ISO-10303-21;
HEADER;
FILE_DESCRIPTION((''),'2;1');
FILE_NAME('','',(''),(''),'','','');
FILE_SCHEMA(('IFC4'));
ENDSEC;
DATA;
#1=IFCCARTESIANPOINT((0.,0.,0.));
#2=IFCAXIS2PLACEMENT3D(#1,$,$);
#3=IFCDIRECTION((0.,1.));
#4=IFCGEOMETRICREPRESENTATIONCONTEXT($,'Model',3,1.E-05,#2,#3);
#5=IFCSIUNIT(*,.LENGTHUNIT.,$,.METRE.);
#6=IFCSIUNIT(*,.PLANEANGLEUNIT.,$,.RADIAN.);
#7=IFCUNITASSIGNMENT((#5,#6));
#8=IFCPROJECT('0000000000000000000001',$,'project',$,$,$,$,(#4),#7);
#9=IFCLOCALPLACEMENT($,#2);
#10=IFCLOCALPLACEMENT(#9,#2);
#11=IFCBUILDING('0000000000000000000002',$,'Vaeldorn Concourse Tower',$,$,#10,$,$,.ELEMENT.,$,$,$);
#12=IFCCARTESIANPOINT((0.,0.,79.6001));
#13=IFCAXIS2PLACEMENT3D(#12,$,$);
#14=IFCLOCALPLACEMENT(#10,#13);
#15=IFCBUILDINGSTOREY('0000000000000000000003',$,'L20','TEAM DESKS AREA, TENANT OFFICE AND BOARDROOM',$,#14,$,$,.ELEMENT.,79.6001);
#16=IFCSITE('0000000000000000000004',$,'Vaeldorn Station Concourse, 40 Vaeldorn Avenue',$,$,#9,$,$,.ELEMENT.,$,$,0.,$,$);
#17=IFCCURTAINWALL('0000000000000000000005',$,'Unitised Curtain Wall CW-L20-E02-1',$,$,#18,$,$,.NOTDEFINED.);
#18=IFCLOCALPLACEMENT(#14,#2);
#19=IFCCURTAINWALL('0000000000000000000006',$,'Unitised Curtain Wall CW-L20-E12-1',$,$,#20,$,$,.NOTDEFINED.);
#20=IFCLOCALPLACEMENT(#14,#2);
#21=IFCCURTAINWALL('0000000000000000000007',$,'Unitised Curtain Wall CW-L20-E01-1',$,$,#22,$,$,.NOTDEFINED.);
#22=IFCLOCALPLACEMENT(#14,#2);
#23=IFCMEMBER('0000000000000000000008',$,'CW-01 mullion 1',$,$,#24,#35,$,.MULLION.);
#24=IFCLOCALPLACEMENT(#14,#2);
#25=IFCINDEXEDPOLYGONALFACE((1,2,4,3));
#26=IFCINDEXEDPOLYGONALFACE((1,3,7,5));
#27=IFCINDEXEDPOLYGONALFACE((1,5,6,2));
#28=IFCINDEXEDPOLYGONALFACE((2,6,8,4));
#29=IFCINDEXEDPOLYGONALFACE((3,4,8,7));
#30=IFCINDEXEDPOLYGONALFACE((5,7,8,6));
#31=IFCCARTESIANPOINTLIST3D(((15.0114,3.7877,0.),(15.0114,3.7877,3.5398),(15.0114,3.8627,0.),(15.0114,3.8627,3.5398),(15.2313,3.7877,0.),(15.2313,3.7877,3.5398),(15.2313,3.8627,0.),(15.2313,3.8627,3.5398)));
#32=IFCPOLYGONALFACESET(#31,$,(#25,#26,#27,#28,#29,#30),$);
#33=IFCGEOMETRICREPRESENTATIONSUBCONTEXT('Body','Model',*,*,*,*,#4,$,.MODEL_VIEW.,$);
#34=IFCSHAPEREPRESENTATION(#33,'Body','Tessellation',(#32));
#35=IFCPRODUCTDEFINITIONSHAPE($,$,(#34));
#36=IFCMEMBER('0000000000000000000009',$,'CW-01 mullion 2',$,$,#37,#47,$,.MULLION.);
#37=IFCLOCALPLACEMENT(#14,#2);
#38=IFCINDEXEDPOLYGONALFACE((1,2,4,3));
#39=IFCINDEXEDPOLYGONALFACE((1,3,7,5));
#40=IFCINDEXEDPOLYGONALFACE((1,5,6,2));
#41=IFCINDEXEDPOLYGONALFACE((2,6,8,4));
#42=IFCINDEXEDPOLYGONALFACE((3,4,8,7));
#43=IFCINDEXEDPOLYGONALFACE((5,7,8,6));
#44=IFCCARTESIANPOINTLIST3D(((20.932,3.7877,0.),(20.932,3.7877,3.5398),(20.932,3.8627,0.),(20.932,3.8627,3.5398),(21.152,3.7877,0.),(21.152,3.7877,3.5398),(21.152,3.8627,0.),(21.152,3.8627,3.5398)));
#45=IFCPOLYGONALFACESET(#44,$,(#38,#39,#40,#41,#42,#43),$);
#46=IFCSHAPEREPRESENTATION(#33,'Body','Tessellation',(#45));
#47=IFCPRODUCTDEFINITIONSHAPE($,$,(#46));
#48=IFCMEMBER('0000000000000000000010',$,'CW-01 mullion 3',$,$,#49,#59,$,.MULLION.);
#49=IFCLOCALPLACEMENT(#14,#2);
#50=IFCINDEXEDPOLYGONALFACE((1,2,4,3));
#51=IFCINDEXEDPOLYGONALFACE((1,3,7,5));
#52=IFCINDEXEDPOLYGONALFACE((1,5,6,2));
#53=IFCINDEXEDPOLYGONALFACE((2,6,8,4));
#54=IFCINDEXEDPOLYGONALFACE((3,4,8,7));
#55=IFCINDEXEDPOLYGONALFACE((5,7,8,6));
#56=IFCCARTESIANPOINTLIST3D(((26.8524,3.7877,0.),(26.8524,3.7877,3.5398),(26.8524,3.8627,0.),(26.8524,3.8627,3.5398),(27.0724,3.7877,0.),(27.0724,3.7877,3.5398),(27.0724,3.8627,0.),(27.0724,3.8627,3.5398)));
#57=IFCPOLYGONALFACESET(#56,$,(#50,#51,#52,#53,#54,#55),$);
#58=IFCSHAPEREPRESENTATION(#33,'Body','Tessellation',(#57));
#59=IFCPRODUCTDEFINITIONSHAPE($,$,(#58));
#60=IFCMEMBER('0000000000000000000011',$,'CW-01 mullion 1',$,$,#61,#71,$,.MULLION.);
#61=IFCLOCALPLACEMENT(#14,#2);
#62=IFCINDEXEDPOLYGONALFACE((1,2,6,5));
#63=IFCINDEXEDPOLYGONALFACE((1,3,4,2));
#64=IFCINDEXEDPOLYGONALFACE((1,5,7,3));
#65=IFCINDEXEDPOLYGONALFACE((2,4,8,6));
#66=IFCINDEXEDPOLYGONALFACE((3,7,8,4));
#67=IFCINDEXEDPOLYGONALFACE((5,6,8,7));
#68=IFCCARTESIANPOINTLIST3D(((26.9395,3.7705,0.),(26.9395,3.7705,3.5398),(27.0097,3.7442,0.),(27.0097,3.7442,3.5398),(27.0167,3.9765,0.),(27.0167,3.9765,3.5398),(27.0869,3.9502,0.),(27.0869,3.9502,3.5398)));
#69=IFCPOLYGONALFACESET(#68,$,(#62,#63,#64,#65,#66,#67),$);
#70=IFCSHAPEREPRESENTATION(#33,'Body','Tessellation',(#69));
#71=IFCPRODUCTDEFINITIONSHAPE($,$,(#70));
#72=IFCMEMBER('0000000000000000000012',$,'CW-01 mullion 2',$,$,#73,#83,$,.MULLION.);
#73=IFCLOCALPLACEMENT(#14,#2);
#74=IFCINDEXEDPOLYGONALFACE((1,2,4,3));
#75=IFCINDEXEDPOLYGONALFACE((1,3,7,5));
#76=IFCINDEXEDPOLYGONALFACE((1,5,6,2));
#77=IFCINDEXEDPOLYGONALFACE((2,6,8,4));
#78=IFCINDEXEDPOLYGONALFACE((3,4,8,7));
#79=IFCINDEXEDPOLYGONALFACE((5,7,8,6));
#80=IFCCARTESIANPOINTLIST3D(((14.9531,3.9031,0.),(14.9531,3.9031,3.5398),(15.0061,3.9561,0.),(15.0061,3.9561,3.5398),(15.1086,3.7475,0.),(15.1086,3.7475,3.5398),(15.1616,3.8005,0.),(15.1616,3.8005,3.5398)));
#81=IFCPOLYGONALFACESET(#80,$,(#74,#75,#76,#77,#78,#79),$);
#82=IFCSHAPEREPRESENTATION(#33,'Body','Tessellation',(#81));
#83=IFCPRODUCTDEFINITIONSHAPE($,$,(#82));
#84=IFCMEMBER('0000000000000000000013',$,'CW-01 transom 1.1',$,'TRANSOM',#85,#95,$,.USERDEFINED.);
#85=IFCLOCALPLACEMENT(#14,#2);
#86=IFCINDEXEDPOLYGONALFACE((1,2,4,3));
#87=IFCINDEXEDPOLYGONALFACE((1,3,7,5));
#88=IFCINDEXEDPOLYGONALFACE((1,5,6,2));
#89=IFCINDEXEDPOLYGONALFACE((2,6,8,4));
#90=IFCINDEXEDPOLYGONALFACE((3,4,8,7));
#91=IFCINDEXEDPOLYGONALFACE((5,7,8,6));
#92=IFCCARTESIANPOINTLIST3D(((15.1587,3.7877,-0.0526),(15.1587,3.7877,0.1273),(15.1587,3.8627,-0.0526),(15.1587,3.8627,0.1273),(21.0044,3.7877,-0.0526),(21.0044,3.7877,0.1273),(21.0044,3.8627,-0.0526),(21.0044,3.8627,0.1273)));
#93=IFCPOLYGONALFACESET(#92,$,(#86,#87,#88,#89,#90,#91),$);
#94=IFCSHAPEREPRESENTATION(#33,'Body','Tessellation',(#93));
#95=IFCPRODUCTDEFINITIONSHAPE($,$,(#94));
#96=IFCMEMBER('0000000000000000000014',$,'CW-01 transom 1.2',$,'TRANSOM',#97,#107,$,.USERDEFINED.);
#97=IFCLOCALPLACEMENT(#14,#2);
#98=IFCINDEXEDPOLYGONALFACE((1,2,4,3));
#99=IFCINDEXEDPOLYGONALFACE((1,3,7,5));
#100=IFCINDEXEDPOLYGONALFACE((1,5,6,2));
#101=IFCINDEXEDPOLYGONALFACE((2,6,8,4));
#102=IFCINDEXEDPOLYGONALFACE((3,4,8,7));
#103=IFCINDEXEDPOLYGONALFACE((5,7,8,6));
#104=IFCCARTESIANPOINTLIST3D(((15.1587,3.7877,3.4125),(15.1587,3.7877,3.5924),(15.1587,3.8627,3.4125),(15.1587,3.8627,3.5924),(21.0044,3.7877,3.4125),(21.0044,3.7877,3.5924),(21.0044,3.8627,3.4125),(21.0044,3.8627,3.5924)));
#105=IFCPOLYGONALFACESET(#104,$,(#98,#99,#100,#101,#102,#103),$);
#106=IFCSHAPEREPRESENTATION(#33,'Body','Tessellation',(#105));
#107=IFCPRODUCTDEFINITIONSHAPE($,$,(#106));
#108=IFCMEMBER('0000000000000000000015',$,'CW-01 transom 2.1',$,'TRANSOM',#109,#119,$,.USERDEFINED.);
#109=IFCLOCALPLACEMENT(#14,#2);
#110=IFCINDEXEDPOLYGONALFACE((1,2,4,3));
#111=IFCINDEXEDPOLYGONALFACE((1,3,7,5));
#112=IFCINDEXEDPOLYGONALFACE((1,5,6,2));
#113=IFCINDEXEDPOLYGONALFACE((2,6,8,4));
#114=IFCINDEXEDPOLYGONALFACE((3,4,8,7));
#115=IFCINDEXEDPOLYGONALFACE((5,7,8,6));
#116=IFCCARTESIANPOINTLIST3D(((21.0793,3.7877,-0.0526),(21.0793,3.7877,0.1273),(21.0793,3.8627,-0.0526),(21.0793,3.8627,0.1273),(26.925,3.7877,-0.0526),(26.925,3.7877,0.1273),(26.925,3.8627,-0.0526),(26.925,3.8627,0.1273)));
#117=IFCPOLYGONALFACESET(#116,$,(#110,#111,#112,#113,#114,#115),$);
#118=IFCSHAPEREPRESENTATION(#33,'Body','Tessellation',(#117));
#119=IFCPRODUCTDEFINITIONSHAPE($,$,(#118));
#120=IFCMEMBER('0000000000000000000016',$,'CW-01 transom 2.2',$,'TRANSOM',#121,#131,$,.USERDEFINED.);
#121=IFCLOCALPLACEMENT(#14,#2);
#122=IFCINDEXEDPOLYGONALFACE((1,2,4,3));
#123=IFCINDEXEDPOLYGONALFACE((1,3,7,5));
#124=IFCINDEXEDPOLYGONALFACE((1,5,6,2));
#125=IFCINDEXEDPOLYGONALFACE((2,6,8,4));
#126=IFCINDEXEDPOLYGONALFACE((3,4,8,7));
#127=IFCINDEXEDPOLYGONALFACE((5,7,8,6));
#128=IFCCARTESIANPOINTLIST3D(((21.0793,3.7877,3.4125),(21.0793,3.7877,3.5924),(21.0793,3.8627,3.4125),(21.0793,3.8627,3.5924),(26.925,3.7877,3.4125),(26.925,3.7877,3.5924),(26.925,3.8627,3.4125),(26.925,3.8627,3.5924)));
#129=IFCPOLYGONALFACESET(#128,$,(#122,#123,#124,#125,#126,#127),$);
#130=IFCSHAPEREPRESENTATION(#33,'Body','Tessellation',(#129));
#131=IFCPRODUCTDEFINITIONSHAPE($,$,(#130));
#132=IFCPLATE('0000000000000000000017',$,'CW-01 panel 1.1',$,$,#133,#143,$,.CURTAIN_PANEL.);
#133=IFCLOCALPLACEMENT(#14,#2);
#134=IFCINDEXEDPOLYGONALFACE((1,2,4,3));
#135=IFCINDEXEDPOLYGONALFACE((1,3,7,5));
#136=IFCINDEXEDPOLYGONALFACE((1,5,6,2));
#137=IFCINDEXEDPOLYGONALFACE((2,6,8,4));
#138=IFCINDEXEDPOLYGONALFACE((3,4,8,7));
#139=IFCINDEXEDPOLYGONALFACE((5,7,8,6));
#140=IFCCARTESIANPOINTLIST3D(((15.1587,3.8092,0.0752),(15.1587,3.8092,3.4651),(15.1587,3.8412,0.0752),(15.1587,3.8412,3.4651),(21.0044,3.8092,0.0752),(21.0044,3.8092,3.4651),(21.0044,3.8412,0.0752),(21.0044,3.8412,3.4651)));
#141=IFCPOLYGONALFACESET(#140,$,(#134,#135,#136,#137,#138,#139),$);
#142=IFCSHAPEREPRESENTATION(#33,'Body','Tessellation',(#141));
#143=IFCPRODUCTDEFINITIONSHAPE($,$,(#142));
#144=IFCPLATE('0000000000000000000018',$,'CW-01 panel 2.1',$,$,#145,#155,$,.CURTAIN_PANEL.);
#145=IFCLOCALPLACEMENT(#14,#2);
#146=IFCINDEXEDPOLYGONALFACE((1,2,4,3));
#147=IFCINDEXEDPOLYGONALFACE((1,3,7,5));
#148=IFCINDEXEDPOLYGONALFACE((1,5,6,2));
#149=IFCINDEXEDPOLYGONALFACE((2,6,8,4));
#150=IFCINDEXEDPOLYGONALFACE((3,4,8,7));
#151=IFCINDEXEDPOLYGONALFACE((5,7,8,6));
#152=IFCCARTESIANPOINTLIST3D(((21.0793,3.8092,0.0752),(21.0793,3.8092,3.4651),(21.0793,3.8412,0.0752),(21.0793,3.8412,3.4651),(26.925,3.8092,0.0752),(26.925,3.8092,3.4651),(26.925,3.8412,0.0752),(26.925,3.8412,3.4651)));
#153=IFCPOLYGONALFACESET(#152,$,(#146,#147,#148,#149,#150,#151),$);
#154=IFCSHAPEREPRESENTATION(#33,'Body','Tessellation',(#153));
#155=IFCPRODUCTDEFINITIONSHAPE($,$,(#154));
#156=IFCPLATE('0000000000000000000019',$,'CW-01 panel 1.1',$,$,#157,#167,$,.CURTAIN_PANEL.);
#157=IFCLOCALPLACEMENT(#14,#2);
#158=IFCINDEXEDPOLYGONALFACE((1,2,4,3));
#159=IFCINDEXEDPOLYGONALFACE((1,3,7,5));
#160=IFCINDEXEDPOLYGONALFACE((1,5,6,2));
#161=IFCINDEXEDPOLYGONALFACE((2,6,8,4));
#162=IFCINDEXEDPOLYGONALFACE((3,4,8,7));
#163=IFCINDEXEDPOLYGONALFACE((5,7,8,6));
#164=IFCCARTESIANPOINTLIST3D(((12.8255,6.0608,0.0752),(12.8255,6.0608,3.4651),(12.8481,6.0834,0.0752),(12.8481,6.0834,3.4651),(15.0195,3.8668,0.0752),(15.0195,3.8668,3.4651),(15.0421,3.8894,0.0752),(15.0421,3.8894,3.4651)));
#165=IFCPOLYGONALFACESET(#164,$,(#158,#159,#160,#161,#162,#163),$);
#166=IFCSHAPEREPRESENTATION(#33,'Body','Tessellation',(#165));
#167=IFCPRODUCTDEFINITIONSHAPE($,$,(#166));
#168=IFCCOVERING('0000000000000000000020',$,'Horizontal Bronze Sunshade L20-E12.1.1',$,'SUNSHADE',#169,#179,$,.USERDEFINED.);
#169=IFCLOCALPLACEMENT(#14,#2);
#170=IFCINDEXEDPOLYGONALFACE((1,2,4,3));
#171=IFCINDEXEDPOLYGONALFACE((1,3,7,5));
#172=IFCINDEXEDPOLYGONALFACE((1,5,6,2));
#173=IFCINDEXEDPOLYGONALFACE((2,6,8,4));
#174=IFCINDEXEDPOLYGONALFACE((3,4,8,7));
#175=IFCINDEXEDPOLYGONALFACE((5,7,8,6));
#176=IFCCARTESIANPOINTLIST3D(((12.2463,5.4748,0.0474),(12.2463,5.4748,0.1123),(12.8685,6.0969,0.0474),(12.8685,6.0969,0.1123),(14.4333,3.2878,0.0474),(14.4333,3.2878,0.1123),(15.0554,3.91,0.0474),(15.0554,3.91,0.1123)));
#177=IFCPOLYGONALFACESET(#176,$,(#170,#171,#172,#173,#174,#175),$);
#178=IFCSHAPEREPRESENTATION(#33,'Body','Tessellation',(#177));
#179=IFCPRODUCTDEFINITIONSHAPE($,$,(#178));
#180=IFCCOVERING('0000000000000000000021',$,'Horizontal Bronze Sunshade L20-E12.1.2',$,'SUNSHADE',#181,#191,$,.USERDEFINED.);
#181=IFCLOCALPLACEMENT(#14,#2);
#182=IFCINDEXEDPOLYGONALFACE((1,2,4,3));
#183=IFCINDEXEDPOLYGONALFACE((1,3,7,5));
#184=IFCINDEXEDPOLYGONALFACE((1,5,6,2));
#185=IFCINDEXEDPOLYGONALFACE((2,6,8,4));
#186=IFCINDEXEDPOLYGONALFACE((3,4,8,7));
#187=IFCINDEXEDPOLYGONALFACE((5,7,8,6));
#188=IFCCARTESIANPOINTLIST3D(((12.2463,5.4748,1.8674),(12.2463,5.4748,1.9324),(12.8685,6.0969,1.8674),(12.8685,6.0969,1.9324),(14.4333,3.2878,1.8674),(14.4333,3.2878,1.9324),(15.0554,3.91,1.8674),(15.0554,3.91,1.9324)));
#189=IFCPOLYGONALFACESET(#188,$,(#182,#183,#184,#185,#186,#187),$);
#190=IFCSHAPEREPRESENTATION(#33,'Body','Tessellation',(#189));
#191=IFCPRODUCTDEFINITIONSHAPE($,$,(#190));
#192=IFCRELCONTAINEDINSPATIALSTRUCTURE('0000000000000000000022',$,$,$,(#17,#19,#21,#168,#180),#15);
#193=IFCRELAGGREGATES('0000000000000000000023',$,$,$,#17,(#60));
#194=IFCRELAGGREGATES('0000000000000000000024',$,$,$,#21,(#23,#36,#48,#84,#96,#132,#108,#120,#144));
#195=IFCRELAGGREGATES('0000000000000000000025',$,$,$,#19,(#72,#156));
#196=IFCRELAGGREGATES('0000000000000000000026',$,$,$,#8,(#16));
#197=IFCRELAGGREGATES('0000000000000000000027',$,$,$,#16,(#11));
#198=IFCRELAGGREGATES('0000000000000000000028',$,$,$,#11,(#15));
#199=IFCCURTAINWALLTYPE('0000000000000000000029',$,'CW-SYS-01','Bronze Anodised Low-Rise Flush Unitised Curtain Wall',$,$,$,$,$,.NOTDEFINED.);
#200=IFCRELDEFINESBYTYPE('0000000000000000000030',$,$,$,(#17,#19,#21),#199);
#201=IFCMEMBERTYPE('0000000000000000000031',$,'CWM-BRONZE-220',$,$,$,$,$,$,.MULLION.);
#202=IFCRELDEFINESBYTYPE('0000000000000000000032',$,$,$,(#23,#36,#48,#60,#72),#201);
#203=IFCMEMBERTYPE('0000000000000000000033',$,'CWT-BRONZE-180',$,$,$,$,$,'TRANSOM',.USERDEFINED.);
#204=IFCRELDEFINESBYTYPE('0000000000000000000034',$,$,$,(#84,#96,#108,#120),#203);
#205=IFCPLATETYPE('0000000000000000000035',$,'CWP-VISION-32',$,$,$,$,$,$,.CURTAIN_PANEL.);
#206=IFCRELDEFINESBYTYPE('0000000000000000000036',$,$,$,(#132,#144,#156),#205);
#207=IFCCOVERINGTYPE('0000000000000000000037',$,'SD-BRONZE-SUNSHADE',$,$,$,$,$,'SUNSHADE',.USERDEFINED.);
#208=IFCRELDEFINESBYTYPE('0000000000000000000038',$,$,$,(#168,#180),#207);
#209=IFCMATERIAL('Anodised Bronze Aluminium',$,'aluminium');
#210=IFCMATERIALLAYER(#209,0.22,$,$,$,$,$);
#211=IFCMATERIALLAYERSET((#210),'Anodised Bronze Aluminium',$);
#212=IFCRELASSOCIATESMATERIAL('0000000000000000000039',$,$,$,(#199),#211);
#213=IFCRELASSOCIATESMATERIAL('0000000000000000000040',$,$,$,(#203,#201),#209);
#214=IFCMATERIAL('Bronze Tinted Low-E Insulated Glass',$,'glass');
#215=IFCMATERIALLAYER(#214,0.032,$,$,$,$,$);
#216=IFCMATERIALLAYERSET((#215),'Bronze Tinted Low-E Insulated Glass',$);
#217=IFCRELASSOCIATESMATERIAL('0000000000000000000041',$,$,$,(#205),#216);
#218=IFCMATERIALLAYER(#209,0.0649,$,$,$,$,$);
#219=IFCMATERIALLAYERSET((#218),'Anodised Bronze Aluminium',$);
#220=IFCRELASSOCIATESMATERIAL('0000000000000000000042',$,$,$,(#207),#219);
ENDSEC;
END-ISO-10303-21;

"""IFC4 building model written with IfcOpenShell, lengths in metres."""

from ifc_helpers import new_model, si_unit, direction, frame, origin, origin_2d, place, context, subcontext, project, spatial, rectangle, extrude, source, transform, mapped, material, layer, layer_set, material_profile, profile_set, type_object, element, aggregate, save


model = new_model("IFC4")

# Units and contexts
model_context = context("Model", 3, precision=1e-05, world=origin(), true_north=direction((0.0, 1.0)))
body_context = subcontext(model_context, "Body", "Model", "MODEL_VIEW")
ifc_project = project(units=[si_unit("LENGTHUNIT", "METRE"), si_unit("PLANEANGLEUNIT", "RADIAN")], contexts=[model_context])

# Site, building, storey
site_placement = place(None, origin())
site = spatial("IfcSite", under=ifc_project, at=site_placement, Name="Vaeldorn Station Concourse, 40 Vaeldorn Avenue", CompositionType="ELEMENT", RefElevation=0.0)
building_placement = place(site_placement, origin())
building = spatial("IfcBuilding", under=site, at=building_placement, Name="Vaeldorn Concourse Tower", CompositionType="ELEMENT")
storey_placement = place(building_placement, frame((0.0, 0.0, 79.6001)))
storey = spatial("IfcBuildingStorey", under=building, at=storey_placement, Name="L20", Description="TEAM DESKS AREA, TENANT OFFICE AND BOARDROOM", CompositionType="ELEMENT", Elevation=79.6001)

# Curtain wall
ifc_material_1 = material(Name="Anodised Bronze Aluminium", Category="aluminium")
ifc_layer_1 = layer(ifc_material_1, 0.22)
ifc_layer_set_1 = layer_set([ifc_layer_1], Name="Anodised Bronze Aluminium")
curtain_wall_type = type_object("IfcCurtainWallType", Name="CW-SYS-01", Description="Bronze Anodised Low-Rise Flush Unitised Curtain Wall", PredefinedType="NOTDEFINED", material=ifc_layer_set_1)
curtain_wall_1_placement = place(storey_placement, origin())
curtain_wall_1 = element("IfcCurtainWall", 1, at=curtain_wall_1_placement, inside=storey, type_object=curtain_wall_type, Name="Unitised Curtain Wall CW-L20-E02-1", PredefinedType="NOTDEFINED")
ifc_material_profile_1 = material_profile(ifc_material_1, rectangle(XDim=0.075, YDim=0.1799, at=origin_2d()), Name="CWT 75x180")
ifc_profile_set_1 = profile_set([ifc_material_profile_1], Name="Anodised Bronze Aluminium")
member_type_1 = type_object("IfcMemberType", Name="CWT-BRONZE-180", ElementType="TRANSOM", PredefinedType="USERDEFINED", material=ifc_profile_set_1)

# Curtain wall
curtain_wall_2_placement = place(storey_placement, origin())
curtain_wall_2 = element("IfcCurtainWall", 2, at=curtain_wall_2_placement, inside=storey, type_object=curtain_wall_type, Name="Unitised Curtain Wall CW-L20-E12-1", PredefinedType="NOTDEFINED")

# Curtain wall, members
curtain_wall_3_placement = place(storey_placement, origin())
curtain_wall_3 = element("IfcCurtainWall", 3, at=curtain_wall_3_placement, inside=storey, type_object=curtain_wall_type, Name="Unitised Curtain Wall CW-L20-E01-1", PredefinedType="NOTDEFINED")
ifc_material_profile_2 = material_profile(ifc_material_1, rectangle(XDim=0.075, YDim=0.22, at=origin_2d()), Name="CWM 75x220")
ifc_profile_set_2 = profile_set([ifc_material_profile_2], Name="Anodised Bronze Aluminium")
member_type_2 = type_object("IfcMemberType", Name="CWM-BRONZE-220", PredefinedType="MULLION", material=ifc_profile_set_2)
shared_shape_1 = source(origin(), body_context, "Body", "SweptSolid", [
    extrude(rectangle(XDim=0.075, YDim=0.22, at=origin_2d()), origin(), (0.0, 0.0, 1.0), 3.5398),
])
member_1_placement = place(storey_placement, frame((15.1213, 3.8252, 0.0), z_axis=(0.0, 0.0, 1.0), x_axis=(0.0, 1.0, 0.0)))
member_1 = element("IfcMember", 4, at=member_1_placement, type_object=member_type_2, Name="CW-01 mullion 1", PredefinedType="MULLION", context=body_context, shape_type="MappedRepresentation", body=[
    mapped(shared_shape_1, transform((0.0, 0.0, 0.0), scale=1.0)),
])
member_2_placement = place(storey_placement, frame((21.042, 3.8252, 0.0), z_axis=(0.0, 0.0, 1.0), x_axis=(0.0, 1.0, 0.0)))
member_2 = element("IfcMember", 5, at=member_2_placement, type_object=member_type_2, Name="CW-01 mullion 2", PredefinedType="MULLION", context=body_context, shape_type="MappedRepresentation", body=[
    mapped(shared_shape_1, transform((0.0, 0.0, 0.0), scale=1.0)),
])
member_3_placement = place(storey_placement, frame((26.9624, 3.8252, 0.0), z_axis=(0.0, 0.0, 1.0), x_axis=(0.0, 1.0, 0.0)))
member_3 = element("IfcMember", 6, at=member_3_placement, type_object=member_type_2, Name="CW-01 mullion 3", PredefinedType="MULLION", context=body_context, shape_type="MappedRepresentation", body=[
    mapped(shared_shape_1, transform((0.0, 0.0, 0.0), scale=1.0)),
])

# Members
member_4_placement = place(storey_placement, frame((27.0132, 3.8604, 0.0), z_axis=(0.0, 0.0, 1.0), x_axis=(-0.936329, 0.351123, 0.0)))
member_4 = element("IfcMember", 7, at=member_4_placement, type_object=member_type_2, Name="CW-01 mullion 1", PredefinedType="MULLION", context=body_context, shape_type="MappedRepresentation", body=[
    mapped(shared_shape_1, transform((0.0, 0.0, 0.0), scale=1.0)),
])
aggregate(curtain_wall_1, [member_4])
member_5_placement = place(storey_placement, frame((15.0574, 3.8518, 0.0), z_axis=(0.0, 0.0, 1.0), x_axis=(0.707107, 0.707107, 0.0)))
member_5 = element("IfcMember", 8, at=member_5_placement, type_object=member_type_2, Name="CW-01 mullion 2", PredefinedType="MULLION", context=body_context, shape_type="MappedRepresentation", body=[
    mapped(shared_shape_1, transform((0.0, 0.0, 0.0), scale=1.0)),
])
shared_shape_2 = source(origin(), body_context, "Body", "SweptSolid", [
    extrude(rectangle(XDim=0.075, YDim=0.1799, at=origin_2d()), origin(), (0.0, 0.0, 1.0), 5.8457),
])
member_6_placement = place(storey_placement, frame((15.1587, 3.8252, 0.0374), z_axis=(1.0, 0.0, 0.0), x_axis=(0.0, 1.0, 0.0)))
member_6 = element("IfcMember", 9, at=member_6_placement, type_object=member_type_1, Name="CW-01 transom 1.1", ObjectType="TRANSOM", PredefinedType="USERDEFINED", context=body_context, shape_type="MappedRepresentation", body=[
    mapped(shared_shape_2, transform((0.0, 0.0, 0.0), scale=1.0)),
])
member_7_placement = place(storey_placement, frame((15.1587, 3.8252, 3.5024), z_axis=(1.0, 0.0, 0.0), x_axis=(0.0, 1.0, 0.0)))
member_7 = element("IfcMember", 10, at=member_7_placement, type_object=member_type_1, Name="CW-01 transom 1.2", ObjectType="TRANSOM", PredefinedType="USERDEFINED", context=body_context, shape_type="MappedRepresentation", body=[
    mapped(shared_shape_2, transform((0.0, 0.0, 0.0), scale=1.0)),
])
member_8_placement = place(storey_placement, frame((21.0793, 3.8252, 0.0374), z_axis=(1.0, 0.0, 0.0), x_axis=(0.0, 1.0, 0.0)))
member_8 = element("IfcMember", 11, at=member_8_placement, type_object=member_type_1, Name="CW-01 transom 2.1", ObjectType="TRANSOM", PredefinedType="USERDEFINED", context=body_context, shape_type="MappedRepresentation", body=[
    mapped(shared_shape_2, transform((0.0, 0.0, 0.0), scale=1.0)),
])
member_9_placement = place(storey_placement, frame((21.0793, 3.8252, 3.5024), z_axis=(1.0, 0.0, 0.0), x_axis=(0.0, 1.0, 0.0)))
member_9 = element("IfcMember", 12, at=member_9_placement, type_object=member_type_1, Name="CW-01 transom 2.2", ObjectType="TRANSOM", PredefinedType="USERDEFINED", context=body_context, shape_type="MappedRepresentation", body=[
    mapped(shared_shape_2, transform((0.0, 0.0, 0.0), scale=1.0)),
])

# Plates
ifc_material_2 = material(Name="Bronze Tinted Low-E Insulated Glass", Category="glass")
ifc_layer_2 = layer(ifc_material_2, 0.032)
ifc_layer_set_2 = layer_set([ifc_layer_2], Name="Bronze Tinted Low-E Insulated Glass")
plate_type = type_object("IfcPlateType", Name="CWP-VISION-32", PredefinedType="CURTAIN_PANEL", material=ifc_layer_set_2)
shared_shape_3 = source(origin(), body_context, "Body", "SweptSolid", [
    extrude(rectangle(XDim=5.8457, YDim=0.032, at=origin_2d()), origin(), (0.0, 0.0, 1.0), 3.3899),
])
plate_1_placement = place(storey_placement, frame((18.0815, 3.8252, 0.0752), z_axis=(0.0, 0.0, 1.0), x_axis=(1.0, 0.0, 0.0)))
plate_1 = element("IfcPlate", 13, at=plate_1_placement, type_object=plate_type, Name="CW-01 panel 1.1", PredefinedType="CURTAIN_PANEL", context=body_context, shape_type="MappedRepresentation", body=[
    mapped(shared_shape_3, transform((0.0, 0.0, 0.0), scale=1.0)),
])
plate_2_placement = place(storey_placement, frame((24.0022, 3.8252, 0.0752), z_axis=(0.0, 0.0, 1.0), x_axis=(1.0, 0.0, 0.0)))
plate_2 = element("IfcPlate", 14, at=plate_2_placement, type_object=plate_type, Name="CW-01 panel 2.1", PredefinedType="CURTAIN_PANEL", context=body_context, shape_type="MappedRepresentation", body=[
    mapped(shared_shape_3, transform((0.0, 0.0, 0.0), scale=1.0)),
])
aggregate(curtain_wall_3, [member_1, member_2, member_3, member_6, member_7, plate_1, member_8, member_9, plate_2])
shared_shape_4 = source(origin(), body_context, "Body", "SweptSolid", [
    extrude(rectangle(XDim=3.1028, YDim=0.032, at=origin_2d()), origin(), (0.0, 0.0, 1.0), 3.3899),
])
plate_3_placement = place(storey_placement, frame((13.9338, 4.9751, 0.0752), z_axis=(0.0, 0.0, 1.0), x_axis=(0.707107, -0.707107, 0.0)))
plate_3 = element("IfcPlate", 15, at=plate_3_placement, type_object=plate_type, Name="CW-01 panel 1.1", PredefinedType="CURTAIN_PANEL", context=body_context, shape_type="MappedRepresentation", body=[
    mapped(shared_shape_4, transform((0.0, 0.0, 0.0), scale=1.0)),
])
aggregate(curtain_wall_2, [member_5, plate_3])

# Coverings
ifc_layer_3 = layer(ifc_material_1, 0.0649)
ifc_layer_set_3 = layer_set([ifc_layer_3], Name="Anodised Bronze Aluminium")
covering_type = type_object("IfcCoveringType", Name="SD-BRONZE-SUNSHADE", ElementType="SUNSHADE", PredefinedType="USERDEFINED", material=ifc_layer_set_3)
shared_shape_5 = source(origin(), body_context, "Body", "SweptSolid", [
    extrude(rectangle(XDim=3.0928, YDim=0.8799, at=origin_2d()), origin(), (0.0, 0.0, 1.0), 0.0649),
])
for number, where, z_axis, x_axis, name in (
    (16, (13.6509, 4.6924, 0.0474), (0.0, 0.0, 1.0), (0.707107, -0.707107, 0.0), "Horizontal Bronze Sunshade L20-E12.1.1"),
    (17, (13.6509, 4.6924, 1.8674), (0.0, 0.0, 1.0), (0.707107, -0.707107, 0.0), "Horizontal Bronze Sunshade L20-E12.1.2"),
):
    element("IfcCovering", number, at=place(storey_placement, frame(where, z_axis=z_axis, x_axis=x_axis)), inside=storey, type_object=covering_type, Name=name, ObjectType="SUNSHADE", PredefinedType="USERDEFINED", context=body_context, shape_type="MappedRepresentation", body=[
        mapped(shared_shape_5, transform((0.0, 0.0, 0.0), scale=1.0)),
    ])

save(model, "model.ifc")
